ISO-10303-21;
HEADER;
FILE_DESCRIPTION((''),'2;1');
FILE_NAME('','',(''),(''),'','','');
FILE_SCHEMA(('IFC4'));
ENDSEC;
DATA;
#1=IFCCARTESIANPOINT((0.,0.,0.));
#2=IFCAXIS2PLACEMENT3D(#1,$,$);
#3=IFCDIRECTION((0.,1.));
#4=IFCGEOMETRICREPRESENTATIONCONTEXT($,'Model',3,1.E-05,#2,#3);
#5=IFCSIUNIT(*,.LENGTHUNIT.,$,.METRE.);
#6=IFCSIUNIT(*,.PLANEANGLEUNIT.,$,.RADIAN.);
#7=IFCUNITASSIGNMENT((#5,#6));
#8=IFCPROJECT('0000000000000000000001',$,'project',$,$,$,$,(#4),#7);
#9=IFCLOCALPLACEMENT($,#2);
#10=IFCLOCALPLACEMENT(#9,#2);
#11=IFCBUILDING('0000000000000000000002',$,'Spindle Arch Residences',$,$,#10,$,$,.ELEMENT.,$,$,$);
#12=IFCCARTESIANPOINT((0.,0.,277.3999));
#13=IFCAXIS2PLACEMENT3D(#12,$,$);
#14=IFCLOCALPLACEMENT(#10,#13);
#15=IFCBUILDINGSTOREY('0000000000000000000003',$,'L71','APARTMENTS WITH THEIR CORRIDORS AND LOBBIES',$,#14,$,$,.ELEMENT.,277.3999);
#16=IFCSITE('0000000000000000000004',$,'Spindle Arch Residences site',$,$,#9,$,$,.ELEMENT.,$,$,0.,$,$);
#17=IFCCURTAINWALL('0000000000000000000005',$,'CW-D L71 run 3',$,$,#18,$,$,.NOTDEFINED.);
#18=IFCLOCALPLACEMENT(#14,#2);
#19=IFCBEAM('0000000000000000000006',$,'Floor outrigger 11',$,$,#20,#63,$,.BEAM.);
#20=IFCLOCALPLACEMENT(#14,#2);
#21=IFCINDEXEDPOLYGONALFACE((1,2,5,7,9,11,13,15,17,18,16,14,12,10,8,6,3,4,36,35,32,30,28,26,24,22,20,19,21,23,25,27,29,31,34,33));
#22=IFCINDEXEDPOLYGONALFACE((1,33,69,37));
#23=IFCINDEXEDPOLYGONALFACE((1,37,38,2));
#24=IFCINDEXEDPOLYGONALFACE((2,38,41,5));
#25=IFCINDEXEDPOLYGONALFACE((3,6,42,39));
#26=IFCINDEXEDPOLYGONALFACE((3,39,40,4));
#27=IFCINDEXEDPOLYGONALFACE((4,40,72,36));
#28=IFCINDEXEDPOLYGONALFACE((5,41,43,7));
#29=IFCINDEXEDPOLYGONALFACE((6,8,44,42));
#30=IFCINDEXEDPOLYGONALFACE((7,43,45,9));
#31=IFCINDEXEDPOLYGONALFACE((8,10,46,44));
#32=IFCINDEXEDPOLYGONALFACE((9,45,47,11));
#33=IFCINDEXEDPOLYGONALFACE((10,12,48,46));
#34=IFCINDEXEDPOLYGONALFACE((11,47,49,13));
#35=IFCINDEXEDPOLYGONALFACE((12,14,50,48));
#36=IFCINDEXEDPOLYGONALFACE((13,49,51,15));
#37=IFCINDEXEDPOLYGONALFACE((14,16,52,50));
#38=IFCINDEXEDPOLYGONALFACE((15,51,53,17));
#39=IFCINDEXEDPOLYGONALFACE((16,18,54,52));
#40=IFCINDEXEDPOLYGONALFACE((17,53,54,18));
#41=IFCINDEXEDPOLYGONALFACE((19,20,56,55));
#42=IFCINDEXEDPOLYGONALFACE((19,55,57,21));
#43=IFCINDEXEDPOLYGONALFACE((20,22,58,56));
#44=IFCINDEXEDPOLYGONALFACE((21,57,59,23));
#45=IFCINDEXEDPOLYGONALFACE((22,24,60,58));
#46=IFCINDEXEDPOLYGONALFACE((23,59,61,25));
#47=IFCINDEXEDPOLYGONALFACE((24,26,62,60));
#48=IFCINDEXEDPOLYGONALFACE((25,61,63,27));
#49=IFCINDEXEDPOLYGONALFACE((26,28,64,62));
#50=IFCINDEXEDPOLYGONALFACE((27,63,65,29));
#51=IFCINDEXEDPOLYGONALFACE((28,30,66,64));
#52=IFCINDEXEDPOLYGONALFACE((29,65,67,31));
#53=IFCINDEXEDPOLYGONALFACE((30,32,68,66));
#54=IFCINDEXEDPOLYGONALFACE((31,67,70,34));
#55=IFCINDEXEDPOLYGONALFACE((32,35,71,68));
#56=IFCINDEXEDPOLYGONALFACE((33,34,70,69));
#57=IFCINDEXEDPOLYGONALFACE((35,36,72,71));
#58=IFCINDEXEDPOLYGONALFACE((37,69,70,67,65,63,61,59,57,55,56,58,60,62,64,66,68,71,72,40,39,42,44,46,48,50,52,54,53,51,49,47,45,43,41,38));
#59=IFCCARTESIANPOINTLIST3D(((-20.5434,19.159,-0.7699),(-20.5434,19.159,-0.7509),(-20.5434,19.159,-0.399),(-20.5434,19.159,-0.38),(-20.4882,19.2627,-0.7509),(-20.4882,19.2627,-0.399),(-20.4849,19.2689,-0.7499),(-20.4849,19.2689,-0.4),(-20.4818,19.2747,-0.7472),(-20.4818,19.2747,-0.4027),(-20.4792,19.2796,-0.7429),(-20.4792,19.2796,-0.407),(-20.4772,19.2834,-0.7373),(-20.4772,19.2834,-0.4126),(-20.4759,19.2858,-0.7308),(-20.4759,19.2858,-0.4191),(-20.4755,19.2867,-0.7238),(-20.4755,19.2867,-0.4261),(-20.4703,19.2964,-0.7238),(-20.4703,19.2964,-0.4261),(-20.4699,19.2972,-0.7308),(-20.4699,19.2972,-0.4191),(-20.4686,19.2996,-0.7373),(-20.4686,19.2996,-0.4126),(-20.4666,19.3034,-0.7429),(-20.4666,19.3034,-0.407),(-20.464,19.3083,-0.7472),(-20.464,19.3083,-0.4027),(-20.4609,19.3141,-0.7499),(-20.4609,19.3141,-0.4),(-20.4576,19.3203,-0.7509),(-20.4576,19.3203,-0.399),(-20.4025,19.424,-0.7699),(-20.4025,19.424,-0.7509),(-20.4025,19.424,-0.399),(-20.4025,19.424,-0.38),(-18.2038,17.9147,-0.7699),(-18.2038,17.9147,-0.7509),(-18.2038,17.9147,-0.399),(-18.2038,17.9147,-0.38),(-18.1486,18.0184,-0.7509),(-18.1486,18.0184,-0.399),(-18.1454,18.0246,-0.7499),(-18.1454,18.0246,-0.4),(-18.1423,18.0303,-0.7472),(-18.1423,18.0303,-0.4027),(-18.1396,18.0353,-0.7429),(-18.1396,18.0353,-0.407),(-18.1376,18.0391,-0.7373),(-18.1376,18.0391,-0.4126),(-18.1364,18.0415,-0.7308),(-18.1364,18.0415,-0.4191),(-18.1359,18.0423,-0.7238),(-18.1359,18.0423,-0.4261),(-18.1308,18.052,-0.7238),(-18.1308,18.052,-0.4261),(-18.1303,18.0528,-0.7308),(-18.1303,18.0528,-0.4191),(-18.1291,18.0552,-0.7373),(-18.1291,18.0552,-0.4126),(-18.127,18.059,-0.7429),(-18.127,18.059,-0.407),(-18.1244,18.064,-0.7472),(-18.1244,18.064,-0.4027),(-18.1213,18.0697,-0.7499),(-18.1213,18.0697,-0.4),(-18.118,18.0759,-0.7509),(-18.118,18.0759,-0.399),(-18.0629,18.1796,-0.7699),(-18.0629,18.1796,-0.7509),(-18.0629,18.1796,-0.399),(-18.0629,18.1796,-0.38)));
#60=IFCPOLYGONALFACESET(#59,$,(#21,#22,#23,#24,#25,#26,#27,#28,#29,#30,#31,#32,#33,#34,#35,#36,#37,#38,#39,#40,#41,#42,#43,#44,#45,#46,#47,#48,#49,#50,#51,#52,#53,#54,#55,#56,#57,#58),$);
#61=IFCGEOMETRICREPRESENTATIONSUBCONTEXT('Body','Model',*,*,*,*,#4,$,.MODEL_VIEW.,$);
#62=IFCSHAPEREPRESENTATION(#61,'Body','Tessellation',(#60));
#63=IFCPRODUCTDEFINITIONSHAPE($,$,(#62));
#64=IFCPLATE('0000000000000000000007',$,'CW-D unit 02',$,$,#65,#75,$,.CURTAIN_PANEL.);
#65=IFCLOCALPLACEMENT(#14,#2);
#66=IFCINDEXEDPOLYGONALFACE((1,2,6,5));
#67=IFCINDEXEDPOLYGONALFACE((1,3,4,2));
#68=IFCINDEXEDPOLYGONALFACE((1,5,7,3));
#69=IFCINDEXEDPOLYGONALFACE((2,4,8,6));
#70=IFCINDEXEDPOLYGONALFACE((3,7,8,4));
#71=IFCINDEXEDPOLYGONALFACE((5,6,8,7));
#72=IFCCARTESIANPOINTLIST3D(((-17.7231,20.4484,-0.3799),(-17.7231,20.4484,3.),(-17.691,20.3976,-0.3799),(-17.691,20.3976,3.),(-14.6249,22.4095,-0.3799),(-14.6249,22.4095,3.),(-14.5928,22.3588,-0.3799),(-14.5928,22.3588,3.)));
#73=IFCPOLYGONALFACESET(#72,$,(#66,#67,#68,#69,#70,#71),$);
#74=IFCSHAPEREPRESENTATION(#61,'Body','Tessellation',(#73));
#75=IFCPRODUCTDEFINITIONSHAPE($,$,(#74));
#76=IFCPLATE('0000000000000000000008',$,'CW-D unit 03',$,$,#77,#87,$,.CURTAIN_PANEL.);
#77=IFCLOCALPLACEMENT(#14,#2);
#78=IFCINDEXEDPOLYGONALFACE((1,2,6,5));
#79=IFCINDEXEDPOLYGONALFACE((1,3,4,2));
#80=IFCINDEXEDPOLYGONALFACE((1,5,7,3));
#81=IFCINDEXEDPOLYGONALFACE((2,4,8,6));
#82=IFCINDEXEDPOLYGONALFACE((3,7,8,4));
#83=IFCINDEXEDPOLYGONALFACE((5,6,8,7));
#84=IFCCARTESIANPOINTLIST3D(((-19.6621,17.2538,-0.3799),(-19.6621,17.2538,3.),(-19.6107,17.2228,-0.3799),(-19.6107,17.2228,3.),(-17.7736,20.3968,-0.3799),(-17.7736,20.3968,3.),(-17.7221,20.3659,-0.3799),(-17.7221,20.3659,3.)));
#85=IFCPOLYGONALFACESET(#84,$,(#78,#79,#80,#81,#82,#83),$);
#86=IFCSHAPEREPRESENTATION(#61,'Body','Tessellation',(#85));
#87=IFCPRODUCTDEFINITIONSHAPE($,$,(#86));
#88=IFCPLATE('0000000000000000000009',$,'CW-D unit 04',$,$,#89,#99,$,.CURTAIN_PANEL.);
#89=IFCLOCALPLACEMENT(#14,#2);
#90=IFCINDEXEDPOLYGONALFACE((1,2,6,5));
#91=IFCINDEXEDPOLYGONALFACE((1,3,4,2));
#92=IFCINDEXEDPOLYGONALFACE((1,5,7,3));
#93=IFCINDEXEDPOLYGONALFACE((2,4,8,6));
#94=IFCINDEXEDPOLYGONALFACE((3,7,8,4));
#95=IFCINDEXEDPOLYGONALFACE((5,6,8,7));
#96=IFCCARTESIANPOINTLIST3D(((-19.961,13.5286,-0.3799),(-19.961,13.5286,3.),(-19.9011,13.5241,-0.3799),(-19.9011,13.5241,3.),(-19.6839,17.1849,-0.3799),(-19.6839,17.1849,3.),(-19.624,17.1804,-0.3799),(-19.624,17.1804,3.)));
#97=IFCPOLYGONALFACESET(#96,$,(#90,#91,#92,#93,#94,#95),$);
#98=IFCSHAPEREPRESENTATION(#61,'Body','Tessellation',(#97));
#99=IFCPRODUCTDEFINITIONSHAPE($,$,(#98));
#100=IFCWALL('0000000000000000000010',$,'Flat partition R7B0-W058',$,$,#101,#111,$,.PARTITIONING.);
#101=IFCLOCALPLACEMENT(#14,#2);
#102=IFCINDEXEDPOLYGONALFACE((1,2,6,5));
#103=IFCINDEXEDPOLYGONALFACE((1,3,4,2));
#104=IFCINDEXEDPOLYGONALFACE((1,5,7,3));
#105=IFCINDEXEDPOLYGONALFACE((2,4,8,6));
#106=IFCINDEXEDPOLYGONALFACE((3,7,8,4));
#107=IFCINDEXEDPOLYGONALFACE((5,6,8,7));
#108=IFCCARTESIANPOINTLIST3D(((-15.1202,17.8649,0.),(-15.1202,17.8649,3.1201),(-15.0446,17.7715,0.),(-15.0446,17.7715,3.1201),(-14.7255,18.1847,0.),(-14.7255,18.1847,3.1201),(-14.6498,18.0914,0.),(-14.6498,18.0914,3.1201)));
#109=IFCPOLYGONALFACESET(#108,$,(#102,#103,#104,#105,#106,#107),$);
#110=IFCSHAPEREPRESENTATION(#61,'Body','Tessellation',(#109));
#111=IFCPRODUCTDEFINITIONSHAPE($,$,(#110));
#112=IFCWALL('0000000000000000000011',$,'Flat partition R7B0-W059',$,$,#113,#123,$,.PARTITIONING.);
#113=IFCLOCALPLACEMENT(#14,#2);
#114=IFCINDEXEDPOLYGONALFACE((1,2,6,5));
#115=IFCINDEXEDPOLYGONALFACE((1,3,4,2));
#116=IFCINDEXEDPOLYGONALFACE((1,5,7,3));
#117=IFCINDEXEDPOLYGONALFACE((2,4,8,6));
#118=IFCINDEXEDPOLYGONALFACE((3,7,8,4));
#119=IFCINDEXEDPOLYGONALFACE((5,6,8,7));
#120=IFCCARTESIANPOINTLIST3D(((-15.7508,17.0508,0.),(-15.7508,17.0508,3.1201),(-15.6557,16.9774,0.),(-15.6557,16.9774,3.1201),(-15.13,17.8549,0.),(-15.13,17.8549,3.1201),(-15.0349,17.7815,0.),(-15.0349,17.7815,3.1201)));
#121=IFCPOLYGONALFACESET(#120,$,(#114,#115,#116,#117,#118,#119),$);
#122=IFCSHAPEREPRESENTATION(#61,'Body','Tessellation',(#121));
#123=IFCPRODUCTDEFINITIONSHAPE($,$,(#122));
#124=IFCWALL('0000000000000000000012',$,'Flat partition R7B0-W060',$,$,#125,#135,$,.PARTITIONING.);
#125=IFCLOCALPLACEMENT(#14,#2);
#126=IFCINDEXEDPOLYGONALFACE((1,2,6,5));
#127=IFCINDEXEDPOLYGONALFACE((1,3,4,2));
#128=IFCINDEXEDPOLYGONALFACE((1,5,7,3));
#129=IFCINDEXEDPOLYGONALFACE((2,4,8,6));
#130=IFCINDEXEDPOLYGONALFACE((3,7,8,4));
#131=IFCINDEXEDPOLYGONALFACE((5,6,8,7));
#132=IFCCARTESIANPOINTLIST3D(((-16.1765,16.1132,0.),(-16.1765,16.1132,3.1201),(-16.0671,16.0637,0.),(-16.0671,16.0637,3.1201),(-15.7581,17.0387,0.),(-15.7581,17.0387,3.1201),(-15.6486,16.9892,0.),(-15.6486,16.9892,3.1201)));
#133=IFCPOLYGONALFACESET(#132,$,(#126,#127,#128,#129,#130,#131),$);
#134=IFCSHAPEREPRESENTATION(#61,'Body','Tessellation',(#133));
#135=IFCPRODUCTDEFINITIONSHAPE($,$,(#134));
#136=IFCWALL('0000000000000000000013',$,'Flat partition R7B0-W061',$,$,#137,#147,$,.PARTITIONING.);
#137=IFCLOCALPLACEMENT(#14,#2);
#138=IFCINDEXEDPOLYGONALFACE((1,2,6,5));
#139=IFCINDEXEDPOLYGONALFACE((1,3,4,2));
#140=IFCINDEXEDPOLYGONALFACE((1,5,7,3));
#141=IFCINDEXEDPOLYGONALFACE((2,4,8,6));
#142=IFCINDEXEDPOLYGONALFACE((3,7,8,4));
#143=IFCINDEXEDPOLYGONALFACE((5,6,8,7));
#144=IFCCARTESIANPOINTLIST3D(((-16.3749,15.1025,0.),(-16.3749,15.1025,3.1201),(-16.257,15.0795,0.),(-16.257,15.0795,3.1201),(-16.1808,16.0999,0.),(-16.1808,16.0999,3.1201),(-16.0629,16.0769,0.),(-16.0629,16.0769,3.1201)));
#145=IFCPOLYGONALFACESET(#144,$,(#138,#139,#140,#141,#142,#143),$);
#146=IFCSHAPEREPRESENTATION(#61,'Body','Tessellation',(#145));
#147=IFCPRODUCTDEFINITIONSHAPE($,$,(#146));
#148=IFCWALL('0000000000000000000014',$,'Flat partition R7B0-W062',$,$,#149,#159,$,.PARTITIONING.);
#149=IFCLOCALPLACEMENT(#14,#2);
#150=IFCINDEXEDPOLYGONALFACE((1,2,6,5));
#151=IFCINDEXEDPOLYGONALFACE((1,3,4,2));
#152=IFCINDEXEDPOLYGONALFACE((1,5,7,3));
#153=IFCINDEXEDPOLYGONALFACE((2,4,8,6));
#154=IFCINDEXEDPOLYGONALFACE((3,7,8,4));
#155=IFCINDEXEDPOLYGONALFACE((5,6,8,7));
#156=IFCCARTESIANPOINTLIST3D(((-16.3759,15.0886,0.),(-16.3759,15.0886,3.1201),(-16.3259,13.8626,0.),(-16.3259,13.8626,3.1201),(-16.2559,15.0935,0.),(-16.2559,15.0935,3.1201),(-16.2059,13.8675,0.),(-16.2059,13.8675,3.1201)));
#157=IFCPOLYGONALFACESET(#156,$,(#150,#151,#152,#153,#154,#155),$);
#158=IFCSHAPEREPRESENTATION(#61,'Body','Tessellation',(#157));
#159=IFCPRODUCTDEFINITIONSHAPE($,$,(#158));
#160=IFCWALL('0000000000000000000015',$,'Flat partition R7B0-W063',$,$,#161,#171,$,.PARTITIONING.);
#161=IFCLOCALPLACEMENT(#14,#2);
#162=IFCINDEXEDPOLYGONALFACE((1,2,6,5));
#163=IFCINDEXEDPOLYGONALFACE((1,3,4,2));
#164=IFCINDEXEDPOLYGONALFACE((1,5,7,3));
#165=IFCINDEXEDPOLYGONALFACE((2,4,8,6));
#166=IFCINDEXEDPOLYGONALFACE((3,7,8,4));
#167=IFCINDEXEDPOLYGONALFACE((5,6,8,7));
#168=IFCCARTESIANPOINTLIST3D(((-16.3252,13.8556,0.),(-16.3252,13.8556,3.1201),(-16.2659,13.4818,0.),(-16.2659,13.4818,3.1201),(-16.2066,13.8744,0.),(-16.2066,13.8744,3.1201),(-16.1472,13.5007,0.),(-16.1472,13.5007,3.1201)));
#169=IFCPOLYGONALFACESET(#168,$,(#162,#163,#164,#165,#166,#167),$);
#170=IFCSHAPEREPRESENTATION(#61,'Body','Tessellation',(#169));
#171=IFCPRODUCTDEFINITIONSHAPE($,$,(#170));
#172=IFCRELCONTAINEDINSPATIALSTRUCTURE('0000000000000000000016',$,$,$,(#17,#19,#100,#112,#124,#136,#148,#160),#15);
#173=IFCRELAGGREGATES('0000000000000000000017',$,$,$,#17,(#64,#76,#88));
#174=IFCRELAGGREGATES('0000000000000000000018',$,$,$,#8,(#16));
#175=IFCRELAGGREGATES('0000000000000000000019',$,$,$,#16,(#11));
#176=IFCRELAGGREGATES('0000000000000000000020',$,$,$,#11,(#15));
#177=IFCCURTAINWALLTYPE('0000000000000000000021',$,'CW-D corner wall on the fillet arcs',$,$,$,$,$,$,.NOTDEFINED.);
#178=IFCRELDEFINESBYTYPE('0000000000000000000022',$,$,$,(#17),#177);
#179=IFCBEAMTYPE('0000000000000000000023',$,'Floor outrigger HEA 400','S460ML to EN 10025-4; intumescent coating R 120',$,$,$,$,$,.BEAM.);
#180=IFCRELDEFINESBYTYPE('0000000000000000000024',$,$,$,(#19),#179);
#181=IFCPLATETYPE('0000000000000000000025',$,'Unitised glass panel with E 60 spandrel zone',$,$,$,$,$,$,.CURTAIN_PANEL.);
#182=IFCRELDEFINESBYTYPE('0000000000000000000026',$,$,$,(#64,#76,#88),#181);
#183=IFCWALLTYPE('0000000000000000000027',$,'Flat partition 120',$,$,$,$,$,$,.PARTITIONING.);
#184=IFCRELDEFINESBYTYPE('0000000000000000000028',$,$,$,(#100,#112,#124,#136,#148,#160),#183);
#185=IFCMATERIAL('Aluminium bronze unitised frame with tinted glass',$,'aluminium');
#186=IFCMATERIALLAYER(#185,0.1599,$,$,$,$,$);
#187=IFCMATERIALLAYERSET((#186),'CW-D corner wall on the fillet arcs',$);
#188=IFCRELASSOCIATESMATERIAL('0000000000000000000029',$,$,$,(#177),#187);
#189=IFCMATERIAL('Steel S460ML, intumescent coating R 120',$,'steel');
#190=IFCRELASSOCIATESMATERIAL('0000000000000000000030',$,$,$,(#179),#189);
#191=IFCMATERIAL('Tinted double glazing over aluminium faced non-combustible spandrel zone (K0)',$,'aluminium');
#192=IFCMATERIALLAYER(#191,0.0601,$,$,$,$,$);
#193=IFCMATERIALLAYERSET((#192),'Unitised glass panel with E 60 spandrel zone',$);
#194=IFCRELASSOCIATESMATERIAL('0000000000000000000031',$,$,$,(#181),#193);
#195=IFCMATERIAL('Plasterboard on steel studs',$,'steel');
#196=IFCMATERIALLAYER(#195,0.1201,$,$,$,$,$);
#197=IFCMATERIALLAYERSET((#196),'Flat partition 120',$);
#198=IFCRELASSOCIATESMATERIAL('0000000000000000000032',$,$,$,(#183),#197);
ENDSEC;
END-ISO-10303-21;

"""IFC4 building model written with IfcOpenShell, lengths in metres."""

from ifc_helpers import new_model, si_unit, direction, frame, frame_2d, origin, origin_2d, place, context, subcontext, project, spatial, rectangle, i_section, extrude, material, layer, layer_set, material_profile, profile_set, type_object, element, aggregate, save


model = new_model("IFC4")

# Units and contexts
model_context = context("Model", 3, precision=1e-05, world=origin(), true_north=direction((0.0, 1.0)))
body_context = subcontext(model_context, "Body", "Model", "MODEL_VIEW")
ifc_project = project(units=[si_unit("LENGTHUNIT", "METRE"), si_unit("PLANEANGLEUNIT", "RADIAN")], contexts=[model_context])

# Site, building, storey
site_placement = place(None, origin())
site = spatial("IfcSite", under=ifc_project, at=site_placement, Name="Spindle Arch Residences site", CompositionType="ELEMENT", RefElevation=0.0)
building_placement = place(site_placement, origin())
building = spatial("IfcBuilding", under=site, at=building_placement, Name="Spindle Arch Residences", CompositionType="ELEMENT")
storey_placement = place(building_placement, frame((0.0, 0.0, 277.3999)))
storey = spatial("IfcBuildingStorey", under=building, at=storey_placement, Name="L71", Description="APARTMENTS WITH THEIR CORRIDORS AND LOBBIES", CompositionType="ELEMENT", Elevation=277.3999)

# Curtain wall
ifc_material_1 = material(Name="Aluminium bronze unitised frame with tinted glass", Category="aluminium")
ifc_layer_1 = layer(ifc_material_1, 0.1599)
ifc_layer_set_1 = layer_set([ifc_layer_1], Name="CW-D corner wall on the fillet arcs")
curtain_wall_type = type_object("IfcCurtainWallType", Name="CW-D corner wall on the fillet arcs", PredefinedType="NOTDEFINED", material=ifc_layer_set_1)
curtain_wall_placement = place(storey_placement, origin())
curtain_wall = element("IfcCurtainWall", 1, at=curtain_wall_placement, inside=storey, type_object=curtain_wall_type, Name="CW-D L71 run 3", PredefinedType="NOTDEFINED")

# Beam
ifc_material_2 = material(Name="Steel S460ML, intumescent coating R 120", Category="steel")
ifc_material_profile_1 = material_profile(ifc_material_2, i_section(OverallWidth=0.3, OverallDepth=0.3899, WebThickness=0.011, FlangeThickness=0.019, FilletRadius=0.0271, at=origin_2d()), Name="HEA 400")
ifc_profile_set_1 = profile_set([ifc_material_profile_1], Name="Steel S460ML, intumescent coating R 120")
beam_type_1 = type_object("IfcBeamType", Name="Floor outrigger HEA 400", Description="S460ML to EN 10025-4; intumescent coating R 120", PredefinedType="BEAM", material=ifc_profile_set_1)
beam_1_placement = place(storey_placement, frame((-20.4729, 19.2915, -0.575), z_axis=(0.882885, -0.469589, 0.0), x_axis=(0.469589, 0.882885, 0.0)))
element("IfcBeam", 2, at=beam_1_placement, inside=storey, type_object=beam_type_1, Name="Floor outrigger 11", PredefinedType="BEAM", context=body_context, shape_type="SweptSolid", body=[
    extrude(i_section(OverallWidth=0.3, OverallDepth=0.3899, WebThickness=0.011, FlangeThickness=0.019, FilletRadius=0.0271, at=origin_2d()), origin(), (0.0, 0.0, 1.0), 2.6499),
])

# Plates
ifc_material_3 = material(Name="Tinted double glazing over aluminium faced non-combustible spandrel zone (K0)", Category="aluminium")
ifc_layer_2 = layer(ifc_material_3, 0.0601)
ifc_layer_set_2 = layer_set([ifc_layer_2], Name="Unitised glass panel with E 60 spandrel zone")
plate_type = type_object("IfcPlateType", Name="Unitised glass panel with E 60 spandrel zone", PredefinedType="CURTAIN_PANEL", material=ifc_layer_set_2)
plate_1_placement = place(storey_placement, frame((-16.158, 21.4036, -0.3799), z_axis=(0.0, 0.0, 1.0), x_axis=(-0.844951, -0.534844, 0.0)))
plate_1 = element("IfcPlate", 3, at=plate_1_placement, type_object=plate_type, Name="CW-D unit 02", PredefinedType="CURTAIN_PANEL", context=body_context, shape_type="SweptSolid", body=[
    extrude(rectangle(XDim=3.6667, YDim=0.0601, at=origin_2d()), origin(), (0.0, 0.0, 1.0), 3.3799),
])
plate_2_placement = place(storey_placement, frame((-18.6921, 18.8098, -0.3799), z_axis=(0.0, 0.0, 1.0), x_axis=(-0.515038, -0.857167, 0.0)))
plate_2 = element("IfcPlate", 4, at=plate_2_placement, type_object=plate_type, Name="CW-D unit 03", PredefinedType="CURTAIN_PANEL", context=body_context, shape_type="SweptSolid", body=[
    extrude(rectangle(XDim=3.6667, YDim=0.0601, at=origin_2d()), origin(), (0.0, 0.0, 1.0), 3.3799),
])
plate_3_placement = place(storey_placement, frame((-19.7925, 15.3545, -0.3799), z_axis=(0.0, 0.0, 1.0), x_axis=(-0.075559, -0.997141, 0.0)))
plate_3 = element("IfcPlate", 5, at=plate_3_placement, type_object=plate_type, Name="CW-D unit 04", PredefinedType="CURTAIN_PANEL", context=body_context, shape_type="SweptSolid", body=[
    extrude(rectangle(XDim=3.6667, YDim=0.0601, at=origin_2d()), origin(), (0.0, 0.0, 1.0), 3.3799),
])
aggregate(curtain_wall, [plate_1, plate_2, plate_3])

# Walls
ifc_material_4 = material(Name="Plasterboard on steel studs", Category="steel")
ifc_layer_3 = layer(ifc_material_4, 0.1201)
ifc_layer_set_3 = layer_set([ifc_layer_3], Name="Flat partition 120")
wall_type_1 = type_object("IfcWallType", Name="Flat partition 120", PredefinedType="PARTITIONING", material=ifc_layer_set_3)
wall_1_placement = place(storey_placement, frame((-14.6877, 18.1379, 0.0), z_axis=(0.0, 0.0, 1.0), x_axis=(-0.77701, -0.629488, 0.0)))
element("IfcWall", 6, at=wall_1_placement, inside=storey, type_object=wall_type_1, Name="Flat partition R7B0-W058", PredefinedType="PARTITIONING", context=body_context, shape_type="SweptSolid", body=[
    extrude(rectangle(XDim=0.5081, YDim=0.1201, at=frame_2d((0.2539, 0.0))), origin(), (0.0, 0.0, 1.0), 3.1201),
])
wall_2_placement = place(storey_placement, frame((-15.0825, 17.8181, 0.0), z_axis=(0.0, 0.0, 1.0), x_axis=(-0.611092, -0.79156, 0.0)))
element("IfcWall", 7, at=wall_2_placement, inside=storey, type_object=wall_type_1, Name="Flat partition R7B0-W059", PredefinedType="PARTITIONING", context=body_context, shape_type="SweptSolid", body=[
    extrude(rectangle(XDim=1.0159, YDim=0.1201, at=frame_2d((0.5078, 0.0))), origin(), (0.0, 0.0, 1.0), 3.1201),
])
wall_3_placement = place(storey_placement, frame((-15.7034, 17.0139, 0.0), z_axis=(0.0, 0.0, 1.0), x_axis=(-0.411973, -0.911196, 0.0)))
element("IfcWall", 8, at=wall_3_placement, inside=storey, type_object=wall_type_1, Name="Flat partition R7B0-W060", PredefinedType="PARTITIONING", context=body_context, shape_type="SweptSolid", body=[
    extrude(rectangle(XDim=1.0156, YDim=0.1201, at=frame_2d((0.5078, 0.0))), origin(), (0.0, 0.0, 1.0), 3.1201),
])
wall_4_placement = place(storey_placement, frame((-16.1218, 16.0884, 0.0), z_axis=(0.0, 0.0, 1.0), x_axis=(-0.19103, -0.981584, 0.0)))
element("IfcWall", 9, at=wall_4_placement, inside=storey, type_object=wall_type_1, Name="Flat partition R7B0-W061", PredefinedType="PARTITIONING", context=body_context, shape_type="SweptSolid", body=[
    extrude(rectangle(XDim=1.0161, YDim=0.1201, at=frame_2d((0.5081, 0.0))), origin(), (0.0, 0.0, 1.0), 3.1201),
])
wall_5_placement = place(storey_placement, frame((-16.3159, 15.0911, 0.0), z_axis=(0.0, 0.0, 1.0), x_axis=(0.040786, -0.999168, 0.0)))
element("IfcWall", 10, at=wall_5_placement, inside=storey, type_object=wall_type_1, Name="Flat partition R7B0-W062", PredefinedType="PARTITIONING", context=body_context, shape_type="SweptSolid", body=[
    extrude(rectangle(XDim=1.2271, YDim=0.1201, at=frame_2d((0.6135, 0.0))), origin(), (0.0, 0.0, 1.0), 3.1201),
])
wall_6_placement = place(storey_placement, frame((-16.2659, 13.865, 0.0), z_axis=(0.0, 0.0, 1.0), x_axis=(0.156758, -0.987637, 0.0)))
element("IfcWall", 11, at=wall_6_placement, inside=storey, type_object=wall_type_1, Name="Flat partition R7B0-W063", PredefinedType="PARTITIONING", context=body_context, shape_type="SweptSolid", body=[
    extrude(rectangle(XDim=0.3784, YDim=0.1201, at=frame_2d((0.1892, 0.0))), origin(), (0.0, 0.0, 1.0), 3.1201),
])

save(model, "model.ifc")
